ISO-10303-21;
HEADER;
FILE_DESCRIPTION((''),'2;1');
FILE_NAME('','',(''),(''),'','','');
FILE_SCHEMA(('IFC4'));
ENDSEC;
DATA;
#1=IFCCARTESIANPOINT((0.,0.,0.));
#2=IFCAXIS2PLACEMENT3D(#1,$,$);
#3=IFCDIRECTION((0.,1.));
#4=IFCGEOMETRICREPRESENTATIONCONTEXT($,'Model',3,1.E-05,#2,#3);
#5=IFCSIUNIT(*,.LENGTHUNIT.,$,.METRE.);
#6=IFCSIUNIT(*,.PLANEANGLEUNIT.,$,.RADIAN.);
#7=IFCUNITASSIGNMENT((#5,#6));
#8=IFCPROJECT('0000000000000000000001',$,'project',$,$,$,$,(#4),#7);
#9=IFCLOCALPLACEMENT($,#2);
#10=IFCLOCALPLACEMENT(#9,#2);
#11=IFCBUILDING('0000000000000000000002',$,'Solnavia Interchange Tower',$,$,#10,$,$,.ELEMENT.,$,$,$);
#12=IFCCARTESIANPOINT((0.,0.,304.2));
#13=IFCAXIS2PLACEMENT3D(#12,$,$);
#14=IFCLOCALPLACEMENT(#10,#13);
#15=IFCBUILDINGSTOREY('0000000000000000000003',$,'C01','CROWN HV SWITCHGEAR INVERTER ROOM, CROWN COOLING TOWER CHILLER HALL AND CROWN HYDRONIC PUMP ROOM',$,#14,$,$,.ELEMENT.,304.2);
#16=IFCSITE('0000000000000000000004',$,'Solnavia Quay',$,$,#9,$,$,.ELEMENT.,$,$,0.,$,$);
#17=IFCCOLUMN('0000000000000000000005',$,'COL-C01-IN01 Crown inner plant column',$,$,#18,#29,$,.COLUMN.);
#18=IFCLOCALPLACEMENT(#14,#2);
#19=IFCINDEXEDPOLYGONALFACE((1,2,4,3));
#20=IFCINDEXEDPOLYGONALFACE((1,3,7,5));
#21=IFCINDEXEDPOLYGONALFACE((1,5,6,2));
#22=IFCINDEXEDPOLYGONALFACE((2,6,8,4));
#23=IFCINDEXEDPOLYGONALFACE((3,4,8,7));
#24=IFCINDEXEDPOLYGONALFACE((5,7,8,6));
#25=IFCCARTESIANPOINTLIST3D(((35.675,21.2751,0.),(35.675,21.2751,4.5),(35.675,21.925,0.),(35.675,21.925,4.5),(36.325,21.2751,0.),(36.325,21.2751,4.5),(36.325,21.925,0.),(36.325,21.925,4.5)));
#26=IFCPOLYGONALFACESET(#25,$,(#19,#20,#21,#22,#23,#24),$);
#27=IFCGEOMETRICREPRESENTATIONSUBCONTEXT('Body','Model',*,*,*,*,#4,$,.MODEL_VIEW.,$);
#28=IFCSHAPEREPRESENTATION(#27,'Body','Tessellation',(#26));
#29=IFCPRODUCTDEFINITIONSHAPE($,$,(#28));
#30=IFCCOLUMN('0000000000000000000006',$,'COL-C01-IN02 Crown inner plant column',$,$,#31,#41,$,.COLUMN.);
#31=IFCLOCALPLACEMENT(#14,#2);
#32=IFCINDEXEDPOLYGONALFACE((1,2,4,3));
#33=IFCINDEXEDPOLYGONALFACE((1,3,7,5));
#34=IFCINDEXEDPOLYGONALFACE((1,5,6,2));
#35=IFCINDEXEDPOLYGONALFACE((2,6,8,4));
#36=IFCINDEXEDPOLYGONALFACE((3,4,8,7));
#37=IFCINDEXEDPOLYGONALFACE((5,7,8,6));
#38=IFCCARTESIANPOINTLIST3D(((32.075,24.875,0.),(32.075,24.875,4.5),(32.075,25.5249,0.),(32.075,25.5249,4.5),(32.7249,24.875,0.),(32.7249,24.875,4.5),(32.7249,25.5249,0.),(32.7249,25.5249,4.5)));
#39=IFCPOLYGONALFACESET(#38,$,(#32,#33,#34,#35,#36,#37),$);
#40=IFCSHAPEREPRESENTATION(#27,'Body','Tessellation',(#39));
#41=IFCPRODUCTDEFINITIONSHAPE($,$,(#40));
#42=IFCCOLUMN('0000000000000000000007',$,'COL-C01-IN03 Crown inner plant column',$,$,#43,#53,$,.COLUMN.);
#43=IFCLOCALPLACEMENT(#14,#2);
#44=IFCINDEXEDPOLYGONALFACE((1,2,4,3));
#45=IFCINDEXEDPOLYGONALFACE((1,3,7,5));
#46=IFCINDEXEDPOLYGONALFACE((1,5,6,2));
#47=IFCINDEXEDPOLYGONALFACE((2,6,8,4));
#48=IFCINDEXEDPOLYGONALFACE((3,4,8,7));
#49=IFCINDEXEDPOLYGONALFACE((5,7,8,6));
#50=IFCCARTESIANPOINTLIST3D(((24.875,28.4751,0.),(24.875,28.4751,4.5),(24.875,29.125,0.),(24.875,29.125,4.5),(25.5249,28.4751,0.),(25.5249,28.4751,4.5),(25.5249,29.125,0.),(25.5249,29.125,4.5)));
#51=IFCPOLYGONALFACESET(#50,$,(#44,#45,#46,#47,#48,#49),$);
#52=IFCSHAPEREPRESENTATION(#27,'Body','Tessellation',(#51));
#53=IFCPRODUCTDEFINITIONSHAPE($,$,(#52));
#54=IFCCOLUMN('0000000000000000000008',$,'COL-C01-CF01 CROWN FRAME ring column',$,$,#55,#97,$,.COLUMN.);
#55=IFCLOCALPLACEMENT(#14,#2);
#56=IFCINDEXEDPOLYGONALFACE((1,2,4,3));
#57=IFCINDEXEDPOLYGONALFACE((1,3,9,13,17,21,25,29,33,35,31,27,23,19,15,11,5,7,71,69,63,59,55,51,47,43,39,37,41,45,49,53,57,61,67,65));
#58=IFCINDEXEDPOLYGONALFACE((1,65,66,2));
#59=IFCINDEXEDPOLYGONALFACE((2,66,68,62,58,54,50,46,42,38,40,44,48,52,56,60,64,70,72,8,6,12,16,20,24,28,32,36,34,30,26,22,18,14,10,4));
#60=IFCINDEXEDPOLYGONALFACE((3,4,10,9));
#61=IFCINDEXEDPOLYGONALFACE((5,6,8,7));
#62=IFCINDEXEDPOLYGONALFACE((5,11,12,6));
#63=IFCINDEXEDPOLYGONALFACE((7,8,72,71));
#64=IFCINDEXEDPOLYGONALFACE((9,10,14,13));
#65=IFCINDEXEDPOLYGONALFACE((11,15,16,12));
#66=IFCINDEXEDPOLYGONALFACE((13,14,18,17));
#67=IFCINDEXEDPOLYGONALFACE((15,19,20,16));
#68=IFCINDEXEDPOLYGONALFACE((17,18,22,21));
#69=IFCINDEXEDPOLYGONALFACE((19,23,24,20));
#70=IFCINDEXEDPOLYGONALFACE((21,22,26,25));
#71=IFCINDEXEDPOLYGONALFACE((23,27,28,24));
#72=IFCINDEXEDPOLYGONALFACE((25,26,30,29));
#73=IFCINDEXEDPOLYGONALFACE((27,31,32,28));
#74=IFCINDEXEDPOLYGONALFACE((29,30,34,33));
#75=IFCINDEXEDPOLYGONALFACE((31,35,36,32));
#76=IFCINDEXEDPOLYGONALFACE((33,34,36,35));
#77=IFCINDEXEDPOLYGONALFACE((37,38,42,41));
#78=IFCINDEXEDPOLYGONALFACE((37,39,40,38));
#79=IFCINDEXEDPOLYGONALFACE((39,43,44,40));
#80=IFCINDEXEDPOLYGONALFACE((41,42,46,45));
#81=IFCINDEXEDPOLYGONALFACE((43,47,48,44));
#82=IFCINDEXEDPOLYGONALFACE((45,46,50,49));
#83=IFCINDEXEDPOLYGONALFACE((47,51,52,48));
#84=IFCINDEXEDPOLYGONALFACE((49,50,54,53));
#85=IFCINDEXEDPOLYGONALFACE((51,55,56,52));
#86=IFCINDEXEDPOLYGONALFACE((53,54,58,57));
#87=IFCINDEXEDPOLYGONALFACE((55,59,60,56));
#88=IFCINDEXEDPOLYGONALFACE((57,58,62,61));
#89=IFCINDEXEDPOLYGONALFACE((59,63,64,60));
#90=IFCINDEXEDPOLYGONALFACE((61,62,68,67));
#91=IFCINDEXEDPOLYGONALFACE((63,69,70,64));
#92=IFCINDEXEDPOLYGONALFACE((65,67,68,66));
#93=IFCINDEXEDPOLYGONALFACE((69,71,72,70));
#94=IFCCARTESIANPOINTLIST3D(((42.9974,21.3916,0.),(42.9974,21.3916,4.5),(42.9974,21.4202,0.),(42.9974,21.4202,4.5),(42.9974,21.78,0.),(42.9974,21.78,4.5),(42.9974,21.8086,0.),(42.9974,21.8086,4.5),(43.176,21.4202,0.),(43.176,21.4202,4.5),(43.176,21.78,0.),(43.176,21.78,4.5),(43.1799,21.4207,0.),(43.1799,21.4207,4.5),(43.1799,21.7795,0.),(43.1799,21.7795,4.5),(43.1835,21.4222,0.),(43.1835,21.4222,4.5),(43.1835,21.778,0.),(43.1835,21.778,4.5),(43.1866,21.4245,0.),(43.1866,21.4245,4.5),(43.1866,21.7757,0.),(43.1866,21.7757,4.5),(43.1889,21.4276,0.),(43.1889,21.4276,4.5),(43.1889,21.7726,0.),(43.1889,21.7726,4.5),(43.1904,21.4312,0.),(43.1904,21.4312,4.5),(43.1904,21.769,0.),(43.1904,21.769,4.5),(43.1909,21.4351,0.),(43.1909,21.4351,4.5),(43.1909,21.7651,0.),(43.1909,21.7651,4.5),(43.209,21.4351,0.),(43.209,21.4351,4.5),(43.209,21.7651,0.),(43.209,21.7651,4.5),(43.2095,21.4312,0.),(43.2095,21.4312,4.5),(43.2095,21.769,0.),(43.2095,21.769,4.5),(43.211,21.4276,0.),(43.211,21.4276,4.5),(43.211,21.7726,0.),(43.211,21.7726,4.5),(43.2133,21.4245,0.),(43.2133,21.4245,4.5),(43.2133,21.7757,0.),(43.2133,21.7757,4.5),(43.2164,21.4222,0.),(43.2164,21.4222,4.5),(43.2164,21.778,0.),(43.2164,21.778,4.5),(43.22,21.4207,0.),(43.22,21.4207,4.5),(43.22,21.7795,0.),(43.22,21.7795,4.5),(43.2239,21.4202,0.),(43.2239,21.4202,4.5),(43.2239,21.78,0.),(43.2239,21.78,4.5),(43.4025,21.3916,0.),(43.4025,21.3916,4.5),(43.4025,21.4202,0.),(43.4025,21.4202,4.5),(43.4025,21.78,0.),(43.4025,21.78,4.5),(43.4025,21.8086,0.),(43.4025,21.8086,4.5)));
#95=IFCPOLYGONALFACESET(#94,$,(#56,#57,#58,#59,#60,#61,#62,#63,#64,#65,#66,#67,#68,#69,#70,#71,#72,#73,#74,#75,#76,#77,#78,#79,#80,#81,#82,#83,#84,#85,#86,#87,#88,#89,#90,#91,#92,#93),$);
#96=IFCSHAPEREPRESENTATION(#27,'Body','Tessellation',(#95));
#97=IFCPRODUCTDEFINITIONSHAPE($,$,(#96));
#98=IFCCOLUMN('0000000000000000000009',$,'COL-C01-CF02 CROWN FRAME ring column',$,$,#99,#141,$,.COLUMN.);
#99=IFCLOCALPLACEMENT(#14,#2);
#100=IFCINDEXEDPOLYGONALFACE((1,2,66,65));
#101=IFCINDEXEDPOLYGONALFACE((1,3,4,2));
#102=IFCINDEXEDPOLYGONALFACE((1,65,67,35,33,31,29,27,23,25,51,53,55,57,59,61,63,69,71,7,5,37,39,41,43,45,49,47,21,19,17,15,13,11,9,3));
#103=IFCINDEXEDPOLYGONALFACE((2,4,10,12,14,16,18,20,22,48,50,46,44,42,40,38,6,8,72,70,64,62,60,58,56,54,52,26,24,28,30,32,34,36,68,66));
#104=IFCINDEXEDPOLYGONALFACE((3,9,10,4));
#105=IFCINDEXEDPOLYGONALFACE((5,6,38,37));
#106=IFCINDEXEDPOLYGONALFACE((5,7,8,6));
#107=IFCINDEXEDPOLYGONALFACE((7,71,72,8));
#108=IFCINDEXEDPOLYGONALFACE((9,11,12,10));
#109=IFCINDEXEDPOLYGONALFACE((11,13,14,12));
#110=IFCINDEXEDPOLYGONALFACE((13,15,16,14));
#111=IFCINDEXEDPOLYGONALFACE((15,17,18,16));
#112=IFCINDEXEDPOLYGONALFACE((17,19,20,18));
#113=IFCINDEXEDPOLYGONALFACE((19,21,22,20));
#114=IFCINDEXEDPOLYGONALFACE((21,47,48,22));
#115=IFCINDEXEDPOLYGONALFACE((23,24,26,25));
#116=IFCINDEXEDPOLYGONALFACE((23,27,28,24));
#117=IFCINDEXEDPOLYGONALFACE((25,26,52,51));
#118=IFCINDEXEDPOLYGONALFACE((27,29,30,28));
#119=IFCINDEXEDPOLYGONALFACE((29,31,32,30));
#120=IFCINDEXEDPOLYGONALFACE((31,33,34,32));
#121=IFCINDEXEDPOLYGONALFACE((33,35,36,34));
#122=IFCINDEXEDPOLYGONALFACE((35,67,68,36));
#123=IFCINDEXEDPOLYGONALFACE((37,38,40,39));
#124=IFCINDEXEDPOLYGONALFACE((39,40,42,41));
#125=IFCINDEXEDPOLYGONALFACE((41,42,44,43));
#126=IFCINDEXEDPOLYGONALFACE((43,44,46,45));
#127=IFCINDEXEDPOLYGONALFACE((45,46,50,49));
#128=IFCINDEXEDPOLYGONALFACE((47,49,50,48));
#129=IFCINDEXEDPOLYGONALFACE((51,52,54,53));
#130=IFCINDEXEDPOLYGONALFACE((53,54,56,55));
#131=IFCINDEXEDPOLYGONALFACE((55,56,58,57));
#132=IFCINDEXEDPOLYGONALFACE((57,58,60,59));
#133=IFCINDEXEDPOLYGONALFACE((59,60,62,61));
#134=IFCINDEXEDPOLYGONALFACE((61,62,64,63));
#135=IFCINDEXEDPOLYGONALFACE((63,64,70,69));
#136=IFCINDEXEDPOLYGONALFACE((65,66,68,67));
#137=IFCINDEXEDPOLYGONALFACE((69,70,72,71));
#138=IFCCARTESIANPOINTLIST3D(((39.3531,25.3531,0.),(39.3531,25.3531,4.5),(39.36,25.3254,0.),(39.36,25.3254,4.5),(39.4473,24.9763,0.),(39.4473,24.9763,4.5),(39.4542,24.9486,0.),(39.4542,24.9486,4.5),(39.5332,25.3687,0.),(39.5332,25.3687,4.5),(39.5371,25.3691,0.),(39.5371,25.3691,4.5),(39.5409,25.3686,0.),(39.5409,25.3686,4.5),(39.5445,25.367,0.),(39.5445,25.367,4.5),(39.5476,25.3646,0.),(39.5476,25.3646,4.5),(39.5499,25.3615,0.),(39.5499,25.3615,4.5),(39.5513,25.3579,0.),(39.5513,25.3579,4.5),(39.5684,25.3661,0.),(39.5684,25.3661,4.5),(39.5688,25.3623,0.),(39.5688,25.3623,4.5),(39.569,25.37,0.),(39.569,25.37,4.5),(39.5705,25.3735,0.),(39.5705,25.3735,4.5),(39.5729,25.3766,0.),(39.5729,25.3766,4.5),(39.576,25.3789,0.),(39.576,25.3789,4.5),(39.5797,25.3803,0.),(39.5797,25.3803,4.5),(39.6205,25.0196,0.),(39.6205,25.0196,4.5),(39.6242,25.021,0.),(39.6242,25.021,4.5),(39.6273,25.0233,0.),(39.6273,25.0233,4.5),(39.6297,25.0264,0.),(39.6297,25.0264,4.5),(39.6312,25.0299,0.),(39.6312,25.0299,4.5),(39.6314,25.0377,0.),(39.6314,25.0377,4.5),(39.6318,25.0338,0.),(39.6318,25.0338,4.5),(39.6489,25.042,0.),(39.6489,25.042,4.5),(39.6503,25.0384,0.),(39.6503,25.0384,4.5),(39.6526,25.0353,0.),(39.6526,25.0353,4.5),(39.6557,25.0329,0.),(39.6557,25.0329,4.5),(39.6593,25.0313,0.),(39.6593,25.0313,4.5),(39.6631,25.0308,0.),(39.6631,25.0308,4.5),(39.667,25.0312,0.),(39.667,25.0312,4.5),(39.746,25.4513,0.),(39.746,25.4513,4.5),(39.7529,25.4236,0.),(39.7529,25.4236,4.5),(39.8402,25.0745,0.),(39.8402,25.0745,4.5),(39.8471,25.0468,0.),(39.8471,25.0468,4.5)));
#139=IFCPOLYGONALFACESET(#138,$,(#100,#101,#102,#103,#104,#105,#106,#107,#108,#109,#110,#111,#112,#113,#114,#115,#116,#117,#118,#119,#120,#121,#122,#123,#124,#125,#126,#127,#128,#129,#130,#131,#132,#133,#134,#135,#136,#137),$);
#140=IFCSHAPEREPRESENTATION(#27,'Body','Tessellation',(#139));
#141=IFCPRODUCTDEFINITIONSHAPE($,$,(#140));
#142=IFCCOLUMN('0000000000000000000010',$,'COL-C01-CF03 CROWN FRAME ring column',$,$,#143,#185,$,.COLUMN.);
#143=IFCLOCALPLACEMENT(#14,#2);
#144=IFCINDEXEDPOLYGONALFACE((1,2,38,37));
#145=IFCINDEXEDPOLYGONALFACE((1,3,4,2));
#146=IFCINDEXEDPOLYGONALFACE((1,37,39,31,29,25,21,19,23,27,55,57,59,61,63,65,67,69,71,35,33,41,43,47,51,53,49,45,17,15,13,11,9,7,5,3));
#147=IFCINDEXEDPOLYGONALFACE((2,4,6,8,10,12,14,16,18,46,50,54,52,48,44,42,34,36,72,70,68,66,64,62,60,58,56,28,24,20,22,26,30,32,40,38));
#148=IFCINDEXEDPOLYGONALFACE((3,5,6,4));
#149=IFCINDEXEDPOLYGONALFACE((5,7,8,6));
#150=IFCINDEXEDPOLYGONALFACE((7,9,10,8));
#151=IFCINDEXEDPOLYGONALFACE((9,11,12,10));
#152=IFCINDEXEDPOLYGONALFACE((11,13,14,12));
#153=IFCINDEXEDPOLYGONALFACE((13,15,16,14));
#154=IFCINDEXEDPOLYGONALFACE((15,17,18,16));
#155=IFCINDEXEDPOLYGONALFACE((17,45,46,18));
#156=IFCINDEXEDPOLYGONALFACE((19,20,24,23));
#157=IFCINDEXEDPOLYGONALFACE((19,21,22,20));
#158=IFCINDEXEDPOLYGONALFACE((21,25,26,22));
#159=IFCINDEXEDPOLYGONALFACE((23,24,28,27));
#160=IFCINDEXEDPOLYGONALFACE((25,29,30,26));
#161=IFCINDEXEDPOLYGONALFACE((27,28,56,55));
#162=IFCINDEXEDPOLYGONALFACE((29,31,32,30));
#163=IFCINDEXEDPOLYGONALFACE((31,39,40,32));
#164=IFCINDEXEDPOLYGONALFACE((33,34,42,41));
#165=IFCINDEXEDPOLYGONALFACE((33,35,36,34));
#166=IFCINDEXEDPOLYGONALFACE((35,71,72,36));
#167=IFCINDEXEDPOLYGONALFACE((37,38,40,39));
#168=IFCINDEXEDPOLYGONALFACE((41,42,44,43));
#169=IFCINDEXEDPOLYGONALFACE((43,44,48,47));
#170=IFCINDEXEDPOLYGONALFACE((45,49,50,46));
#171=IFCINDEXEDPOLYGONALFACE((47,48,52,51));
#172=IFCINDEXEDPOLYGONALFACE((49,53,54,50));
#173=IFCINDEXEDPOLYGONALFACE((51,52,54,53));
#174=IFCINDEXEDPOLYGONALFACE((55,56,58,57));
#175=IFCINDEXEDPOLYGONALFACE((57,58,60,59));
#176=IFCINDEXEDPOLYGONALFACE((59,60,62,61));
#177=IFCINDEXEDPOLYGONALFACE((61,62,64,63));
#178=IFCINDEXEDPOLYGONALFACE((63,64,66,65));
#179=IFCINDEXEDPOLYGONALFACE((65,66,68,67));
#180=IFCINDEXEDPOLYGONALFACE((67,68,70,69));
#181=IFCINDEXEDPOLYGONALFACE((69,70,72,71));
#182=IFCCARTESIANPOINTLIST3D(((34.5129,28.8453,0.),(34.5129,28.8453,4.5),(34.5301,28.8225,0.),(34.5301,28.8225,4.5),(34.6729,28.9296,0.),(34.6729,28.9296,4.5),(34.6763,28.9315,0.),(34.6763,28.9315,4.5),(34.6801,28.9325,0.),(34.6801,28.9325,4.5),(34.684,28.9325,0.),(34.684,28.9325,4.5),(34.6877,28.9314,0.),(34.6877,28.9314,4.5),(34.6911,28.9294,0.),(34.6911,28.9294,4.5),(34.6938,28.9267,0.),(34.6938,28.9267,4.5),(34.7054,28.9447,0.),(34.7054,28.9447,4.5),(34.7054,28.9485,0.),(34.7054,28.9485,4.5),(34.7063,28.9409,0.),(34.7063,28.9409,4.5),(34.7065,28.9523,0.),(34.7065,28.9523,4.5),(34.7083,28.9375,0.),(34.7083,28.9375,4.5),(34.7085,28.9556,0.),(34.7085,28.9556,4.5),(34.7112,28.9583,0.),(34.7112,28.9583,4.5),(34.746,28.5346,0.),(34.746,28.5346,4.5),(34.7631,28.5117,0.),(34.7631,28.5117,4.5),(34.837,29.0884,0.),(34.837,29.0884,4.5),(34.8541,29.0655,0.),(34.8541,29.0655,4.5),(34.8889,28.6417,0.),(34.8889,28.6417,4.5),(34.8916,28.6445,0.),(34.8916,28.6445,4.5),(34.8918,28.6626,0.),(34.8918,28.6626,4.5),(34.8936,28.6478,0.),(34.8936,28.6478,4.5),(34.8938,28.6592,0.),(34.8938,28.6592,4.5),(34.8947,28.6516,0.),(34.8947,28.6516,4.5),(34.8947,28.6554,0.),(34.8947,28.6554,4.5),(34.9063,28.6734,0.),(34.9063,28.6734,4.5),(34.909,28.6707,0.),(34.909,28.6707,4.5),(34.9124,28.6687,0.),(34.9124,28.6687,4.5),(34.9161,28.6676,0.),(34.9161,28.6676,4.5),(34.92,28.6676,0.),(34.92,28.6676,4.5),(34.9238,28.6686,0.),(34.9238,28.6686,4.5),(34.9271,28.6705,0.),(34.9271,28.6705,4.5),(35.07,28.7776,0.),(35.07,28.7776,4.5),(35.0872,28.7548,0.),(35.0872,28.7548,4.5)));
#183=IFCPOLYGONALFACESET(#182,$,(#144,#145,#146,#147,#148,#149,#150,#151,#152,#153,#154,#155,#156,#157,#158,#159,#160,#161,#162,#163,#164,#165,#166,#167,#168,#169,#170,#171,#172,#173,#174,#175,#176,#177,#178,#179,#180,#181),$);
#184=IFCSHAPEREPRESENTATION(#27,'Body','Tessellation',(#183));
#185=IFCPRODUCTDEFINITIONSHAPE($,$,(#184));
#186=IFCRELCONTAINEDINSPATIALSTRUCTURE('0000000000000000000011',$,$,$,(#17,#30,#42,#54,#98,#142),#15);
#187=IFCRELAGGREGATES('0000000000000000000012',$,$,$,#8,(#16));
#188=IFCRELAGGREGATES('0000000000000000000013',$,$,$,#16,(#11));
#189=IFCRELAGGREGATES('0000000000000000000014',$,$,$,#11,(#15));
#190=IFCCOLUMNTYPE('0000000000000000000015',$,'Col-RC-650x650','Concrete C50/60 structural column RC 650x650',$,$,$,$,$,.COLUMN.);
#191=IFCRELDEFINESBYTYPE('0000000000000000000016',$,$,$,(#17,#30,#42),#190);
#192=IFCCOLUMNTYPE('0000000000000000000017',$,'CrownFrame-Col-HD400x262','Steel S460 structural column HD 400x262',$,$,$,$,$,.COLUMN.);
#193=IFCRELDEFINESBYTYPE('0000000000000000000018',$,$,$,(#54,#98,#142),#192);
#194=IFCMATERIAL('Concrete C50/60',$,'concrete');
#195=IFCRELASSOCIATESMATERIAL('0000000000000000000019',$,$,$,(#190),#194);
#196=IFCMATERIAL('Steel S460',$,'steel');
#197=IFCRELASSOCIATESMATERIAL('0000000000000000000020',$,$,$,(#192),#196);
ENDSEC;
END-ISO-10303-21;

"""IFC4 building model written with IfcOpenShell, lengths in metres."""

from ifc_helpers import new_model, si_unit, direction, frame, origin, origin_2d, place, context, subcontext, project, spatial, rectangle, i_section, extrude, material, material_profile, profile_set, type_object, element, save


model = new_model("IFC4")

# Units and contexts
model_context = context("Model", 3, precision=1e-05, world=origin(), true_north=direction((0.0, 1.0)))
body_context = subcontext(model_context, "Body", "Model", "MODEL_VIEW")
ifc_project = project(units=[si_unit("LENGTHUNIT", "METRE"), si_unit("PLANEANGLEUNIT", "RADIAN")], contexts=[model_context])

# Site, building, storey
site_placement = place(None, origin())
site = spatial("IfcSite", under=ifc_project, at=site_placement, Name="Solnavia Quay", CompositionType="ELEMENT", RefElevation=0.0)
building_placement = place(site_placement, origin())
building = spatial("IfcBuilding", under=site, at=building_placement, Name="Solnavia Interchange Tower", CompositionType="ELEMENT")
storey_placement = place(building_placement, frame((0.0, 0.0, 304.2)))
storey = spatial("IfcBuildingStorey", under=building, at=storey_placement, Name="C01", Description="CROWN HV SWITCHGEAR INVERTER ROOM, CROWN COOLING TOWER CHILLER HALL AND CROWN HYDRONIC PUMP ROOM", CompositionType="ELEMENT", Elevation=304.2)

# Columns
ifc_material_1 = material(Name="Concrete C50/60", Category="concrete")
ifc_material_profile_1 = material_profile(ifc_material_1, rectangle(XDim=0.6499, YDim=0.6499, at=origin_2d()), Name="RC 650x650")
ifc_profile_set_1 = profile_set([ifc_material_profile_1], Name="Concrete C50/60")
column_type_1 = type_object("IfcColumnType", Name="Col-RC-650x650", Description="Concrete C50/60 structural column RC 650x650", PredefinedType="COLUMN", material=ifc_profile_set_1)
for number, where, z_axis, x_axis, name in (
    (1, (36.0, 21.6001, 0.0), (0.0, 0.0, 1.0), (1.0, 0.0, 0.0), "COL-C01-IN01 Crown inner plant column"),
    (2, (32.3999, 25.2, 0.0), (0.0, 0.0, 1.0), (1.0, 0.0, 0.0), "COL-C01-IN02 Crown inner plant column"),
    (3, (25.2, 28.8, 0.0), (0.0, 0.0, 1.0), (1.0, 0.0, 0.0), "COL-C01-IN03 Crown inner plant column"),
):
    element("IfcColumn", number, at=place(storey_placement, frame(where, z_axis=z_axis, x_axis=x_axis)), inside=storey, type_object=column_type_1, Name=name, PredefinedType="COLUMN", context=body_context, shape_type="SweptSolid", body=[
        extrude(rectangle(XDim=0.6499, YDim=0.6499, at=origin_2d()), origin(), (0.0, 0.0, 1.0), 4.5),
    ])
ifc_material_2 = material(Name="Steel S460", Category="steel")
ifc_material_profile_2 = material_profile(ifc_material_2, i_section(OverallWidth=0.405, OverallDepth=0.417, WebThickness=0.0181, FlangeThickness=0.0286, FilletRadius=0.0149, at=origin_2d()), Name="HD 400x262")
ifc_profile_set_2 = profile_set([ifc_material_profile_2], Name="Steel S460")
column_type_2 = type_object("IfcColumnType", Name="CrownFrame-Col-HD400x262", Description="Steel S460 structural column HD 400x262", PredefinedType="COLUMN", material=ifc_profile_set_2)
for number, where, z_axis, x_axis, name in (
    (4, (43.2, 21.6001, 0.0), (0.0, 0.0, 1.0), (1.0, 0.0, 0.0), "COL-C01-CF01 CROWN FRAME ring column"),
    (5, (39.6001, 25.2, 0.0), (0.0, 0.0, 1.0), (0.970127, 0.242599, 0.0), "COL-C01-CF02 CROWN FRAME ring column"),
    (6, (34.8, 28.8, 0.0), (0.0, 0.0, 1.0), (0.799999, 0.600001, 0.0), "COL-C01-CF03 CROWN FRAME ring column"),
):
    element("IfcColumn", number, at=place(storey_placement, frame(where, z_axis=z_axis, x_axis=x_axis)), inside=storey, type_object=column_type_2, Name=name, PredefinedType="COLUMN", context=body_context, shape_type="SweptSolid", body=[
        extrude(i_section(OverallWidth=0.405, OverallDepth=0.417, WebThickness=0.0181, FlangeThickness=0.0286, FilletRadius=0.0149, at=origin_2d()), origin(), (0.0, 0.0, 1.0), 4.5),
    ])

save(model, "model.ifc")
